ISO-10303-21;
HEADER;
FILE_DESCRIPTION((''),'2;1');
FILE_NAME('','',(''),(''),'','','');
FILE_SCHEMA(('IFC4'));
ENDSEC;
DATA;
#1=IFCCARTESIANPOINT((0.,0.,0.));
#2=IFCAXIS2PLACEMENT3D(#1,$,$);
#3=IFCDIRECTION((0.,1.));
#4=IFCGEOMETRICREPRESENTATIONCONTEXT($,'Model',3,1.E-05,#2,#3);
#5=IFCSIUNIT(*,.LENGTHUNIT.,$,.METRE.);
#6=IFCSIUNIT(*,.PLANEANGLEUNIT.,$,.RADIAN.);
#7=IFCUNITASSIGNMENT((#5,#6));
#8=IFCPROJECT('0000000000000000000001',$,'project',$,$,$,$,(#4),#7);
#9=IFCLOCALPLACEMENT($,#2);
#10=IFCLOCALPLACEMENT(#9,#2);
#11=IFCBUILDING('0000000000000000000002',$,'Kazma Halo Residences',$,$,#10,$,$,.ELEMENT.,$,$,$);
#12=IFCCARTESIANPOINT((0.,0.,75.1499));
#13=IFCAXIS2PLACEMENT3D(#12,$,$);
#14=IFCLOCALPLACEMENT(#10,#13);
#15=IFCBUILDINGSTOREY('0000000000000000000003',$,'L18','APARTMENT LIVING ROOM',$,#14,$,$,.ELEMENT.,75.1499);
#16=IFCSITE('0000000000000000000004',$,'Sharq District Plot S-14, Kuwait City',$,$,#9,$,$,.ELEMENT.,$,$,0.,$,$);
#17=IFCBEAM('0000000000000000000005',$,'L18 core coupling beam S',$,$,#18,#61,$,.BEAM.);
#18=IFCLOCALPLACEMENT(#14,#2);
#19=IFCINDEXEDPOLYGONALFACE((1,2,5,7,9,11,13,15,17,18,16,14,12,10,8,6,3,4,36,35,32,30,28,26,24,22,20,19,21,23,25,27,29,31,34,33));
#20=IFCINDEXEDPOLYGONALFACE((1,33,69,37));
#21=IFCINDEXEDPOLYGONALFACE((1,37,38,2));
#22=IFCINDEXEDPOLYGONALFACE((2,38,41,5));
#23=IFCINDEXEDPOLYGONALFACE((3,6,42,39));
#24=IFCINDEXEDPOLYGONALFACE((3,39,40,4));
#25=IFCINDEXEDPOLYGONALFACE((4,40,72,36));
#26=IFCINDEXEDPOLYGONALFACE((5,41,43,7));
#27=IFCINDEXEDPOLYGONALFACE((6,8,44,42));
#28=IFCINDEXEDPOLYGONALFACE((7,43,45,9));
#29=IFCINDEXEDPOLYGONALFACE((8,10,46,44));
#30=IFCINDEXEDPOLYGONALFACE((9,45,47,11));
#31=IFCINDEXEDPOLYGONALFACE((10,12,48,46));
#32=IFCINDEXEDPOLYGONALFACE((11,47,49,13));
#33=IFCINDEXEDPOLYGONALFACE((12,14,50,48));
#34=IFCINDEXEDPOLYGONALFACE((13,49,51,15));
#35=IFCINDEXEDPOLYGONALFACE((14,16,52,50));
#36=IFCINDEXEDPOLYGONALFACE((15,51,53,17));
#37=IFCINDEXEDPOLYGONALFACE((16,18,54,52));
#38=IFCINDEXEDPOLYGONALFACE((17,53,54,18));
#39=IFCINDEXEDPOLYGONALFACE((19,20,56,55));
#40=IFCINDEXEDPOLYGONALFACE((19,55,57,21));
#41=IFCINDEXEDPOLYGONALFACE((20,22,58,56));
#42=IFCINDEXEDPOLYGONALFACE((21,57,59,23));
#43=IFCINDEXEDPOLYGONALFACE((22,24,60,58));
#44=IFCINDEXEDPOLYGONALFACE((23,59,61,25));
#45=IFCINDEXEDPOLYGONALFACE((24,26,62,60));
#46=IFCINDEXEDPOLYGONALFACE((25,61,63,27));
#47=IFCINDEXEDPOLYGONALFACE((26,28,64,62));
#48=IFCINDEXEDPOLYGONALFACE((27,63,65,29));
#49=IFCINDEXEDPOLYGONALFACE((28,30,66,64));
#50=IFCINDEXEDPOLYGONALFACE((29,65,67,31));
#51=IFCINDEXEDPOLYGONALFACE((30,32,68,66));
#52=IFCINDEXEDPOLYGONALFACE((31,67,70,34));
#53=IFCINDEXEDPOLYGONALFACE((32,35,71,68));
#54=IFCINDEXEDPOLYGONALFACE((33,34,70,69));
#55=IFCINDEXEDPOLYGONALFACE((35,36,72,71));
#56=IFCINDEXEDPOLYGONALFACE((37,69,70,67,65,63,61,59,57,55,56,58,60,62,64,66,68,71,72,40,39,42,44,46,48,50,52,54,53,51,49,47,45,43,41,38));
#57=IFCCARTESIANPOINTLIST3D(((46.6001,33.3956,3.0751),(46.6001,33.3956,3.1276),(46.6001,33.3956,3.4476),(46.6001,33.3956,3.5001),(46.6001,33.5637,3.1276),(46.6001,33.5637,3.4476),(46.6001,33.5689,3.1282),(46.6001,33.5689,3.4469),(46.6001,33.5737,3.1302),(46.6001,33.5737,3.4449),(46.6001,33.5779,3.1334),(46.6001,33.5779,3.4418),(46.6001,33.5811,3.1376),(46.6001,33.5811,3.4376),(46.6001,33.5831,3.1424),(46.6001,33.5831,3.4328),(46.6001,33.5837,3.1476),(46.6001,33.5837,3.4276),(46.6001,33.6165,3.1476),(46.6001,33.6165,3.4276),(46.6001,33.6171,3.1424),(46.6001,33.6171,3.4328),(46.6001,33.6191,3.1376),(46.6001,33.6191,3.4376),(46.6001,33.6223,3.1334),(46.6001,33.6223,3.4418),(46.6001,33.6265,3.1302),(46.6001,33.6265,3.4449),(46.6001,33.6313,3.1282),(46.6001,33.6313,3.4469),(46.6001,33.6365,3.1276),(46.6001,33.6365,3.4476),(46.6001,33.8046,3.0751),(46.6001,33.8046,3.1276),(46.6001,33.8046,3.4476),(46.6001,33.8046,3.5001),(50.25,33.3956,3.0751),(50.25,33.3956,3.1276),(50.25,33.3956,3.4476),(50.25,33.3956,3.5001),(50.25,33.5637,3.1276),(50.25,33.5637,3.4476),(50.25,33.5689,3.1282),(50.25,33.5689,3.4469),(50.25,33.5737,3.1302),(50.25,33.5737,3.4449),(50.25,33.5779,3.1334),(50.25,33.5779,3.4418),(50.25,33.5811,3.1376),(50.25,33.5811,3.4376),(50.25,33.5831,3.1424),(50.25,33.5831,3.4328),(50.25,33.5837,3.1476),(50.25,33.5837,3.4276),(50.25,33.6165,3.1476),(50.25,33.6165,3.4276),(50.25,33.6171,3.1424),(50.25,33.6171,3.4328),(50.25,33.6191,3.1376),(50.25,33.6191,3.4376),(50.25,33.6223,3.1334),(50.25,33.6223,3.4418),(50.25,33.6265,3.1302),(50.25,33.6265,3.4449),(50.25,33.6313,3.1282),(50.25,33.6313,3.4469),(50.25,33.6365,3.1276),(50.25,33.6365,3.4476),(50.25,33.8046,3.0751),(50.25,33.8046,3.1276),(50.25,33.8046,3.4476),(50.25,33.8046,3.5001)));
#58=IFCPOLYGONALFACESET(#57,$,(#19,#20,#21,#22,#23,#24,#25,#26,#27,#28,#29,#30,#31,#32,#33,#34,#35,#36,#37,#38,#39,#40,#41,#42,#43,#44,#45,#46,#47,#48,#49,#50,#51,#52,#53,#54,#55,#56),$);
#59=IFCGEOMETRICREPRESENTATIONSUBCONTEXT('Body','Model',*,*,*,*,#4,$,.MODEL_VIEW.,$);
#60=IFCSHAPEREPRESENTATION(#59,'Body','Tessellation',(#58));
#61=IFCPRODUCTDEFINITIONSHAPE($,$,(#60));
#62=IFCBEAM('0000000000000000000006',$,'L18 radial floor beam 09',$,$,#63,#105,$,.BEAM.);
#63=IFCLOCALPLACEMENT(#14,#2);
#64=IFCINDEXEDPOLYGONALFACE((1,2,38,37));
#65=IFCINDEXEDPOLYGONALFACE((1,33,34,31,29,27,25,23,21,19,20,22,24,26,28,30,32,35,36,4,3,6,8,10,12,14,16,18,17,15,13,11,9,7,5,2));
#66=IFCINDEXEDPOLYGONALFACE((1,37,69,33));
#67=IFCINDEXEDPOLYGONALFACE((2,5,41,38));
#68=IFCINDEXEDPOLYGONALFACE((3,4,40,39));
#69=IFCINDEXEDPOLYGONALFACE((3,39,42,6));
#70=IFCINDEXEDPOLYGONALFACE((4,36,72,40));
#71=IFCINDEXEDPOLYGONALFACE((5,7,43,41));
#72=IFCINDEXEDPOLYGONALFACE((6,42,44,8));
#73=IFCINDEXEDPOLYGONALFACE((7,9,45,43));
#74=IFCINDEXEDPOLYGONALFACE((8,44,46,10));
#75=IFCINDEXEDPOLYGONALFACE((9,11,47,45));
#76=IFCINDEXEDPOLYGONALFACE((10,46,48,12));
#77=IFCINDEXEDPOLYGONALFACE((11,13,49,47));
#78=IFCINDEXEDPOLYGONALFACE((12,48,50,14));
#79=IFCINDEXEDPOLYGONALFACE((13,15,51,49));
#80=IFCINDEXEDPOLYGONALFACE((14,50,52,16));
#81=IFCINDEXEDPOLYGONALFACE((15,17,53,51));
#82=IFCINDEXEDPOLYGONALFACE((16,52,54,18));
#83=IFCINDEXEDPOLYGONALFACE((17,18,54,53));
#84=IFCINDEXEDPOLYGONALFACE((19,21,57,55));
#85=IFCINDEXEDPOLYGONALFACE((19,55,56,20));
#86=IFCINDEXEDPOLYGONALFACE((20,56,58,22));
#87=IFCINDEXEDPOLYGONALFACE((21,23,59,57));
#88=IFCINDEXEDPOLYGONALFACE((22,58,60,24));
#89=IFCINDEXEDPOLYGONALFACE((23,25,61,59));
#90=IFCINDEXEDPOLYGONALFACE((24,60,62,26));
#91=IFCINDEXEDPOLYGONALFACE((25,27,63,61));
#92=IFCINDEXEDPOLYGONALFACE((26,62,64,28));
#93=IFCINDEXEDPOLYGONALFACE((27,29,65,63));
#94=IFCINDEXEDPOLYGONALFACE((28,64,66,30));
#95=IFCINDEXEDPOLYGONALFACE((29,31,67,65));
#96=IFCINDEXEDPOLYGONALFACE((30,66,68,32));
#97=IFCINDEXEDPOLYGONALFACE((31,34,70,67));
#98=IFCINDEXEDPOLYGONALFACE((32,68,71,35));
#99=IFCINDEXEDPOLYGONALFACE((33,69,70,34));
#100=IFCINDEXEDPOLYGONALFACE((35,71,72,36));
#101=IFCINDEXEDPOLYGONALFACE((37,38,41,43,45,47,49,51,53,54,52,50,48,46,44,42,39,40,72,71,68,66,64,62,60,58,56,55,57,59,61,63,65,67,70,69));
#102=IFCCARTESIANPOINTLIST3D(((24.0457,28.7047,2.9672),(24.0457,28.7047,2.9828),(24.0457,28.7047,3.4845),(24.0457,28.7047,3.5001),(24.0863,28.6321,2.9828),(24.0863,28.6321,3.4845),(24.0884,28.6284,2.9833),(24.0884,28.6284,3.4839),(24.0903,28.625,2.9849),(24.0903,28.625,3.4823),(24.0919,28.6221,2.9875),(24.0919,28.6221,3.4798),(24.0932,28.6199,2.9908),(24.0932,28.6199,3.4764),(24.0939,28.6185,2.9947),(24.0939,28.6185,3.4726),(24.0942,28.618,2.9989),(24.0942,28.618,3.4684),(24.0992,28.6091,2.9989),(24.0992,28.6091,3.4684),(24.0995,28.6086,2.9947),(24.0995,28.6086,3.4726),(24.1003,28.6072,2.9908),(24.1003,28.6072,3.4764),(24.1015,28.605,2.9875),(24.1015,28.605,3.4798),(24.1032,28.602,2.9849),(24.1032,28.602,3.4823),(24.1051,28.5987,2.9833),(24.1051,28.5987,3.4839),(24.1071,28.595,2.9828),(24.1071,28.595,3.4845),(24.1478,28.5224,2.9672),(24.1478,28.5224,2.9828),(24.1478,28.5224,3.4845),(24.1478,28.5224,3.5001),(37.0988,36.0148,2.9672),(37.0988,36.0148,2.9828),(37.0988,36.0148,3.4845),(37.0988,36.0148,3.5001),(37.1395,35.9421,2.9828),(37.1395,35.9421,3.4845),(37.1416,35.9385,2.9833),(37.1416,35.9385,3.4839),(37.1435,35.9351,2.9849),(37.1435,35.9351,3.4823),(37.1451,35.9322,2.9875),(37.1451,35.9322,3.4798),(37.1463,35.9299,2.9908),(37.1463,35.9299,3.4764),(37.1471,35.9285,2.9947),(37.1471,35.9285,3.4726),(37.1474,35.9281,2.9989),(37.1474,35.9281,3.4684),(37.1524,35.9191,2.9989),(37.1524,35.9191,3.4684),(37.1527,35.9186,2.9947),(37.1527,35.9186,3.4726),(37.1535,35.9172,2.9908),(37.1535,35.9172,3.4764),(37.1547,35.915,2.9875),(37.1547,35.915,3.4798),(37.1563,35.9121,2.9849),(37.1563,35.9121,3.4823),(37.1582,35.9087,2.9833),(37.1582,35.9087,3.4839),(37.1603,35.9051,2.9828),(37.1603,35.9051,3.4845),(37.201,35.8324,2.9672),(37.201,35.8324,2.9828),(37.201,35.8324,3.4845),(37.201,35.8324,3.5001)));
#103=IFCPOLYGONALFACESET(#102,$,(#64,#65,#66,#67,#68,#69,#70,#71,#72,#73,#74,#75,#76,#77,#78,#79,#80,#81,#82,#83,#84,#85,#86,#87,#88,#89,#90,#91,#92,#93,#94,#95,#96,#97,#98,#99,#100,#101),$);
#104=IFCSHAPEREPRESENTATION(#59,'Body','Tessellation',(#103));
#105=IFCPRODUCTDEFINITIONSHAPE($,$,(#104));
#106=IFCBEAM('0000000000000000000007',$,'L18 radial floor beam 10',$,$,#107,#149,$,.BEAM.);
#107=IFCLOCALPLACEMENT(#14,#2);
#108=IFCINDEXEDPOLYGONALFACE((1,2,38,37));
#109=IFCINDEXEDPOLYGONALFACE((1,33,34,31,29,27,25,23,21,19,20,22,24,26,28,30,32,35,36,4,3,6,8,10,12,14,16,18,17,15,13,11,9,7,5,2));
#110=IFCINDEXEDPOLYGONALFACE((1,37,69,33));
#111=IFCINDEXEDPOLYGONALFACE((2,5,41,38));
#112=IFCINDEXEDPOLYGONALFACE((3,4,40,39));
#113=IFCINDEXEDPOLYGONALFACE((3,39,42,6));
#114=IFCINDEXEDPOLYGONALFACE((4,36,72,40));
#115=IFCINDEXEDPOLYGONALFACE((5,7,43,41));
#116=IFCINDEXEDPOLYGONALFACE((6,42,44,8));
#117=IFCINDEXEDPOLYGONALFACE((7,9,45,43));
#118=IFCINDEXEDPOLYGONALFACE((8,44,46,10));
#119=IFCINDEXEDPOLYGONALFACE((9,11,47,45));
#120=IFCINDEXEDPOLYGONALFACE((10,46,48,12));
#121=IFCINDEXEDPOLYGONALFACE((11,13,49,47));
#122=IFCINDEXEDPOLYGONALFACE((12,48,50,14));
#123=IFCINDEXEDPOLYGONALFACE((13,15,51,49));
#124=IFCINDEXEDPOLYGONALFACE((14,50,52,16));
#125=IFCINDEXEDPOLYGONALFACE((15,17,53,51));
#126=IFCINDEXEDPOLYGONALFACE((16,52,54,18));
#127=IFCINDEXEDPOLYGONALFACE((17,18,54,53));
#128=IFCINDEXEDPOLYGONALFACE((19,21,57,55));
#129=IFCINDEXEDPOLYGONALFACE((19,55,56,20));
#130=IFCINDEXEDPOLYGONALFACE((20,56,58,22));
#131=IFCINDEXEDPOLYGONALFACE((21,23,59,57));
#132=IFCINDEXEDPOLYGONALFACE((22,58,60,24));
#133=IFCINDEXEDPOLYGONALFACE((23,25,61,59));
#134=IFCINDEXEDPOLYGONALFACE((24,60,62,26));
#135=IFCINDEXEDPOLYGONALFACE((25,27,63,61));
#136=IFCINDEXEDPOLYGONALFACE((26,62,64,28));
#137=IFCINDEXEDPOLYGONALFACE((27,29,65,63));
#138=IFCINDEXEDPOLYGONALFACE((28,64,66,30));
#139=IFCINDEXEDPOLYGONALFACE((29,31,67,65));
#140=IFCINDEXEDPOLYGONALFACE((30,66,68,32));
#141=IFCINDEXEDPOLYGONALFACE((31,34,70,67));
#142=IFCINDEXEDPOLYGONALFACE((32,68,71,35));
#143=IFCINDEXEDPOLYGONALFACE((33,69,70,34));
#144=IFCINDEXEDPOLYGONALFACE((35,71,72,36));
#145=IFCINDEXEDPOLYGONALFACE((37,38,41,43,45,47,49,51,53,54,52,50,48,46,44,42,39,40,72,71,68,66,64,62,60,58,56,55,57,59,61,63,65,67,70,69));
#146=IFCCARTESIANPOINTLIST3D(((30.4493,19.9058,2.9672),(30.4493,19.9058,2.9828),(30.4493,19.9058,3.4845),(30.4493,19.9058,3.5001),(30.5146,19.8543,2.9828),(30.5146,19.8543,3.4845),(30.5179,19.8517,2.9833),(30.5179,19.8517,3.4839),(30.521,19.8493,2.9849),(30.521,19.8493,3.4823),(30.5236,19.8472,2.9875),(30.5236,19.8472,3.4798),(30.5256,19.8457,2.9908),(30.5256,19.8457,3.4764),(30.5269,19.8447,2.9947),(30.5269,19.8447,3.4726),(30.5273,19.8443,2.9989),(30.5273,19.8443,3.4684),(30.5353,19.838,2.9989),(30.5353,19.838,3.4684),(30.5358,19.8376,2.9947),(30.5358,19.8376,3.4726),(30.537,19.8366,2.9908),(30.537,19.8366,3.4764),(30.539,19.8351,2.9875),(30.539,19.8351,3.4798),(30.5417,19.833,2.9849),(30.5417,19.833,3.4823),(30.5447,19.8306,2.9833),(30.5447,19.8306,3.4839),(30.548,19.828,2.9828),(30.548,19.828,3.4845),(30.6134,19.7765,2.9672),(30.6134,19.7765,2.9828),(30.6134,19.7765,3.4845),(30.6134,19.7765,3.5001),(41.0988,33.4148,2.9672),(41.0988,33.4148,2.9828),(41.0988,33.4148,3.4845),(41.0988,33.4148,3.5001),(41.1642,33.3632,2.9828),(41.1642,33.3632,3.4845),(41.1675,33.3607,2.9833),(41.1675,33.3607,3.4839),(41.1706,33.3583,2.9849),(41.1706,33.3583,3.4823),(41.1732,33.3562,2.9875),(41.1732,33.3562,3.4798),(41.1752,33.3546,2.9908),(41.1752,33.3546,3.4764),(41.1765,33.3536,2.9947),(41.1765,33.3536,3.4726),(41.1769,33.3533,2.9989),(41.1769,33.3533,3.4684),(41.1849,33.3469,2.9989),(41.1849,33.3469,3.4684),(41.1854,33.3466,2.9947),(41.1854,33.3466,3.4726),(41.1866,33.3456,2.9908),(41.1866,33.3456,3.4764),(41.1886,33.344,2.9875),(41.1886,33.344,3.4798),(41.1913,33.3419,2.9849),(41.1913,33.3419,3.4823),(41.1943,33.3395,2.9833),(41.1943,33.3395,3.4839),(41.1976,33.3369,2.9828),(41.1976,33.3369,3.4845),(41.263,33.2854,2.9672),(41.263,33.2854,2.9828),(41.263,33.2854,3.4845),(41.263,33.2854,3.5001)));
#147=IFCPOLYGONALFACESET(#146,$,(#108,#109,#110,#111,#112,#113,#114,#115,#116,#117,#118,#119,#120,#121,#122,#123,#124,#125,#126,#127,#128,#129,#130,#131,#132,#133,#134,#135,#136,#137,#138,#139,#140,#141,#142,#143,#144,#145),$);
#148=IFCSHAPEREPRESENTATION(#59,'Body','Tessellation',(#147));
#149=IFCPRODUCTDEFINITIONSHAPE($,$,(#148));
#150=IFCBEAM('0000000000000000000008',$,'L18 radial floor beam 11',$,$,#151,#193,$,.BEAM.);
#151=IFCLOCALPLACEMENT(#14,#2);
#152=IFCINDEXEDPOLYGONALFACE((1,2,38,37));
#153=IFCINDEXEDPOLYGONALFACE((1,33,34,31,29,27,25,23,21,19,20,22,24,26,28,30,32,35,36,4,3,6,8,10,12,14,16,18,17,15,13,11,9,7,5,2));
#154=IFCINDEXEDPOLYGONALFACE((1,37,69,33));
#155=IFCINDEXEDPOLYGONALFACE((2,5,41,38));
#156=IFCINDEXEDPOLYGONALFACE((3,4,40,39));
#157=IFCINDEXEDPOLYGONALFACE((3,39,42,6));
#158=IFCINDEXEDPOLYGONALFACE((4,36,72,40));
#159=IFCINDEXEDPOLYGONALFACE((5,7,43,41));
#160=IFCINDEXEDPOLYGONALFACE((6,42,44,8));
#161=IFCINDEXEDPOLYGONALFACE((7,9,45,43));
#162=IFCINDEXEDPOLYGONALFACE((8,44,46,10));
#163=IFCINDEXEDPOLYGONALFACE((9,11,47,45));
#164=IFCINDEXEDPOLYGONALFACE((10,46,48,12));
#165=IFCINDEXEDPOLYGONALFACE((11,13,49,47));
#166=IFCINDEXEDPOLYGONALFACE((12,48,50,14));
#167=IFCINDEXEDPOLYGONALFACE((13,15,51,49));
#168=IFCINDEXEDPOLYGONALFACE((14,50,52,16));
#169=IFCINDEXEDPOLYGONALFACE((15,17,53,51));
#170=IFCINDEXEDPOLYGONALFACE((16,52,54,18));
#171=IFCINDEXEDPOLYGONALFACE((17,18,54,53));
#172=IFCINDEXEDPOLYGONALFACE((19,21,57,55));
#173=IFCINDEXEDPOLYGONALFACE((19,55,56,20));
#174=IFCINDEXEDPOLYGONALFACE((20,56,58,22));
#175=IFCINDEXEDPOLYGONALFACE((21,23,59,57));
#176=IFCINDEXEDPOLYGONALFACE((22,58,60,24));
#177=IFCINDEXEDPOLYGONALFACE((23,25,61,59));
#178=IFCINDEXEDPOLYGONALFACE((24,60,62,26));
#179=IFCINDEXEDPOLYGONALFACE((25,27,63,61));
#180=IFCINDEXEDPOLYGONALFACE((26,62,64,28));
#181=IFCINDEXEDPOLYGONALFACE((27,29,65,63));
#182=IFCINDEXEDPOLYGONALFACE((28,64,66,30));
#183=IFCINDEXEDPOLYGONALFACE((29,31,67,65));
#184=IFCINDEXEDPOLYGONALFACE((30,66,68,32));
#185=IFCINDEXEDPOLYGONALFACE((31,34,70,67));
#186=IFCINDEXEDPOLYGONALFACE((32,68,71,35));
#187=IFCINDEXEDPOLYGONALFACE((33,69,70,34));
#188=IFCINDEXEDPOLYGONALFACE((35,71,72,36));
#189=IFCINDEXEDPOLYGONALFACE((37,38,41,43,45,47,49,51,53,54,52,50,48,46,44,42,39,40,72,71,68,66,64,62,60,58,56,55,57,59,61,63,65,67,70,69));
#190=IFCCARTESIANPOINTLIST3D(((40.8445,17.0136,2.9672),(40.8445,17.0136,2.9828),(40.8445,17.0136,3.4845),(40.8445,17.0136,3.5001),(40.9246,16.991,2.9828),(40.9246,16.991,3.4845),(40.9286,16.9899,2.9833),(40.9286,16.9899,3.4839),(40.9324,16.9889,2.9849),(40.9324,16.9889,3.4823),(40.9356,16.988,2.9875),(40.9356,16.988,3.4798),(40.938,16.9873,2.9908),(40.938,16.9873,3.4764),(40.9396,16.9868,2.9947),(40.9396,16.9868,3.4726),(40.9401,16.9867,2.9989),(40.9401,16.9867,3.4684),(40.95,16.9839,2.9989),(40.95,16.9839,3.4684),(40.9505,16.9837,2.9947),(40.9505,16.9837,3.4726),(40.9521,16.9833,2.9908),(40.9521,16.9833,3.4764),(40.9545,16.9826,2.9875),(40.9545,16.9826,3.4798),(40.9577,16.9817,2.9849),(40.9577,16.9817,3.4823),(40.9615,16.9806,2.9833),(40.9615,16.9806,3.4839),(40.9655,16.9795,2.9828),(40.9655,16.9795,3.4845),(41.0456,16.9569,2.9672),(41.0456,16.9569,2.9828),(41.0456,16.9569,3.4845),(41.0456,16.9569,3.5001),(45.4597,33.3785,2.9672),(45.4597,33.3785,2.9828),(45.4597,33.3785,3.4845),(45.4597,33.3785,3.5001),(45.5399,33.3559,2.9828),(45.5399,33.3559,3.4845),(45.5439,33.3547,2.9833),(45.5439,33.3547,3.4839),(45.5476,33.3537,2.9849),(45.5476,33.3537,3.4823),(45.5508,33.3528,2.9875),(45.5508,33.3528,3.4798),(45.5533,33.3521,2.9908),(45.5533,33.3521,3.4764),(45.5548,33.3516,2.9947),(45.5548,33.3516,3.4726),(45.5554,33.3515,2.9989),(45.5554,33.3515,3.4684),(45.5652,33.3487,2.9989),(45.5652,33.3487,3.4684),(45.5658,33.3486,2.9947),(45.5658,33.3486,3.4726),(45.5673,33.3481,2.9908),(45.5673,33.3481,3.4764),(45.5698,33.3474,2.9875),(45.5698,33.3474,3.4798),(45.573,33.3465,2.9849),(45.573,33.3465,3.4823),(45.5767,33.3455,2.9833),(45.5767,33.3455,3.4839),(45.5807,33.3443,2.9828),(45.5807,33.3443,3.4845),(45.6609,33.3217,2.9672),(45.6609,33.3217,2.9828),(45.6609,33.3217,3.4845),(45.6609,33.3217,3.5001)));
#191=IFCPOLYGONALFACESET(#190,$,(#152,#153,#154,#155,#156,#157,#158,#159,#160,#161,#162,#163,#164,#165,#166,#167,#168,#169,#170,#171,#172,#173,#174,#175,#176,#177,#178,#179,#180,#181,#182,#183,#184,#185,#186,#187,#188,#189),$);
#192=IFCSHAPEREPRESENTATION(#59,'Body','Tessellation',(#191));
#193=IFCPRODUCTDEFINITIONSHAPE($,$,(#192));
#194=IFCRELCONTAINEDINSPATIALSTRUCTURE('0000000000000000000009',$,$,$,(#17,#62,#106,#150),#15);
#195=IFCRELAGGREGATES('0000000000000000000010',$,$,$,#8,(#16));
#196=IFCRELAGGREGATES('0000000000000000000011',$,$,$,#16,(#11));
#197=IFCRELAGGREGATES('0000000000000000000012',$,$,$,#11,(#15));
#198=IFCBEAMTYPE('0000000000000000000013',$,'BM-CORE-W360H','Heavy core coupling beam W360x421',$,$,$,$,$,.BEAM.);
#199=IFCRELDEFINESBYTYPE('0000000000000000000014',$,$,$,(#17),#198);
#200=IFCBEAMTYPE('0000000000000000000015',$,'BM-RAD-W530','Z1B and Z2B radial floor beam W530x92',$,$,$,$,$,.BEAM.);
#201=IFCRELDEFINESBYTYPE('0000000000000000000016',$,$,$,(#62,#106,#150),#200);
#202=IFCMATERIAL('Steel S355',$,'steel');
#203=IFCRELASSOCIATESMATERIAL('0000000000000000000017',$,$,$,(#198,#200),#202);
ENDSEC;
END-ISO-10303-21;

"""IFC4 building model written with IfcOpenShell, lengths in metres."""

from ifc_helpers import new_model, si_unit, direction, frame, origin, origin_2d, place, context, subcontext, project, spatial, i_section, extrude, material, material_profile, profile_set, type_object, element, save


model = new_model("IFC4")

# Units and contexts
model_context = context("Model", 3, precision=1e-05, world=origin(), true_north=direction((0.0, 1.0)))
body_context = subcontext(model_context, "Body", "Model", "MODEL_VIEW")
ifc_project = project(units=[si_unit("LENGTHUNIT", "METRE"), si_unit("PLANEANGLEUNIT", "RADIAN")], contexts=[model_context])

# Site, building, storey
site_placement = place(None, origin())
site = spatial("IfcSite", under=ifc_project, at=site_placement, Name="Sharq District Plot S-14, Kuwait City", CompositionType="ELEMENT", RefElevation=0.0)
building_placement = place(site_placement, origin())
building = spatial("IfcBuilding", under=site, at=building_placement, Name="Kazma Halo Residences", CompositionType="ELEMENT")
storey_placement = place(building_placement, frame((0.0, 0.0, 75.1499)))
storey = spatial("IfcBuildingStorey", under=building, at=storey_placement, Name="L18", Description="APARTMENT LIVING ROOM", CompositionType="ELEMENT", Elevation=75.1499)

# Beams
ifc_material_1 = material(Name="Steel S355", Category="steel")
ifc_material_profile_1 = material_profile(ifc_material_1, i_section(OverallWidth=0.4089, OverallDepth=0.425, WebThickness=0.0327, FlangeThickness=0.0525, FilletRadius=0.02, at=origin_2d()), Name="W360x421")
ifc_profile_set_1 = profile_set([ifc_material_profile_1], Name="Steel S355")
beam_type_1 = type_object("IfcBeamType", Name="BM-CORE-W360H", Description="Heavy core coupling beam W360x421", PredefinedType="BEAM", material=ifc_profile_set_1)
beam_1_placement = place(storey_placement, frame((46.6001, 33.6001, 3.2876), z_axis=(1.0, 0.0, 0.0), x_axis=(0.0, 1.0, 0.0)))
element("IfcBeam", 1, at=beam_1_placement, inside=storey, type_object=beam_type_1, Name="L18 core coupling beam S", PredefinedType="BEAM", context=body_context, shape_type="SweptSolid", body=[
    extrude(i_section(OverallWidth=0.4089, OverallDepth=0.425, WebThickness=0.0327, FlangeThickness=0.0525, FilletRadius=0.02, at=origin_2d()), origin(), (0.0, 0.0, 1.0), 3.6499),
])
ifc_material_profile_2 = material_profile(ifc_material_1, i_section(OverallWidth=0.209, OverallDepth=0.533, WebThickness=0.0103, FlangeThickness=0.0156, FilletRadius=0.0161, at=origin_2d()), Name="W530x92")
ifc_profile_set_2 = profile_set([ifc_material_profile_2], Name="Steel S355")
beam_type_2 = type_object("IfcBeamType", Name="BM-RAD-W530", Description="Z1B and Z2B radial floor beam W530x92", PredefinedType="BEAM", material=ifc_profile_set_2)
beam_2_placement = place(storey_placement, frame((37.1499, 35.9236, 3.2336), z_axis=(-0.872499, -0.488616, 0.0), x_axis=(0.488616, -0.872499, 0.0)))
element("IfcBeam", 2, at=beam_2_placement, inside=storey, type_object=beam_type_2, Name="L18 radial floor beam 09", PredefinedType="BEAM", context=body_context, shape_type="SweptSolid", body=[
    extrude(i_section(OverallWidth=0.209, OverallDepth=0.533, WebThickness=0.0103, FlangeThickness=0.0156, FilletRadius=0.0161, at=origin_2d()), origin(), (0.0, 0.0, 1.0), 14.9607),
])
beam_3_placement = place(storey_placement, frame((41.1809, 33.3501, 3.2336), z_axis=(-0.619094, -0.785317, 0.0), x_axis=(0.785317, -0.619094, 0.0)))
element("IfcBeam", 3, at=beam_3_placement, inside=storey, type_object=beam_type_2, Name="L18 radial floor beam 10", PredefinedType="BEAM", context=body_context, shape_type="SweptSolid", body=[
    extrude(i_section(OverallWidth=0.209, OverallDepth=0.533, WebThickness=0.0103, FlangeThickness=0.0156, FilletRadius=0.0161, at=origin_2d()), origin(), (0.0, 0.0, 1.0), 17.2019),
])
beam_4_placement = place(storey_placement, frame((45.5603, 33.3501, 3.2336), z_axis=(-0.271435, -0.962457, 0.0), x_axis=(0.962457, -0.271435, 0.0)))
element("IfcBeam", 4, at=beam_4_placement, inside=storey, type_object=beam_type_2, Name="L18 radial floor beam 11", PredefinedType="BEAM", context=body_context, shape_type="SweptSolid", body=[
    extrude(i_section(OverallWidth=0.209, OverallDepth=0.533, WebThickness=0.0103, FlangeThickness=0.0156, FilletRadius=0.0161, at=origin_2d()), origin(), (0.0, 0.0, 1.0), 17.0032),
])

save(model, "model.ifc")
